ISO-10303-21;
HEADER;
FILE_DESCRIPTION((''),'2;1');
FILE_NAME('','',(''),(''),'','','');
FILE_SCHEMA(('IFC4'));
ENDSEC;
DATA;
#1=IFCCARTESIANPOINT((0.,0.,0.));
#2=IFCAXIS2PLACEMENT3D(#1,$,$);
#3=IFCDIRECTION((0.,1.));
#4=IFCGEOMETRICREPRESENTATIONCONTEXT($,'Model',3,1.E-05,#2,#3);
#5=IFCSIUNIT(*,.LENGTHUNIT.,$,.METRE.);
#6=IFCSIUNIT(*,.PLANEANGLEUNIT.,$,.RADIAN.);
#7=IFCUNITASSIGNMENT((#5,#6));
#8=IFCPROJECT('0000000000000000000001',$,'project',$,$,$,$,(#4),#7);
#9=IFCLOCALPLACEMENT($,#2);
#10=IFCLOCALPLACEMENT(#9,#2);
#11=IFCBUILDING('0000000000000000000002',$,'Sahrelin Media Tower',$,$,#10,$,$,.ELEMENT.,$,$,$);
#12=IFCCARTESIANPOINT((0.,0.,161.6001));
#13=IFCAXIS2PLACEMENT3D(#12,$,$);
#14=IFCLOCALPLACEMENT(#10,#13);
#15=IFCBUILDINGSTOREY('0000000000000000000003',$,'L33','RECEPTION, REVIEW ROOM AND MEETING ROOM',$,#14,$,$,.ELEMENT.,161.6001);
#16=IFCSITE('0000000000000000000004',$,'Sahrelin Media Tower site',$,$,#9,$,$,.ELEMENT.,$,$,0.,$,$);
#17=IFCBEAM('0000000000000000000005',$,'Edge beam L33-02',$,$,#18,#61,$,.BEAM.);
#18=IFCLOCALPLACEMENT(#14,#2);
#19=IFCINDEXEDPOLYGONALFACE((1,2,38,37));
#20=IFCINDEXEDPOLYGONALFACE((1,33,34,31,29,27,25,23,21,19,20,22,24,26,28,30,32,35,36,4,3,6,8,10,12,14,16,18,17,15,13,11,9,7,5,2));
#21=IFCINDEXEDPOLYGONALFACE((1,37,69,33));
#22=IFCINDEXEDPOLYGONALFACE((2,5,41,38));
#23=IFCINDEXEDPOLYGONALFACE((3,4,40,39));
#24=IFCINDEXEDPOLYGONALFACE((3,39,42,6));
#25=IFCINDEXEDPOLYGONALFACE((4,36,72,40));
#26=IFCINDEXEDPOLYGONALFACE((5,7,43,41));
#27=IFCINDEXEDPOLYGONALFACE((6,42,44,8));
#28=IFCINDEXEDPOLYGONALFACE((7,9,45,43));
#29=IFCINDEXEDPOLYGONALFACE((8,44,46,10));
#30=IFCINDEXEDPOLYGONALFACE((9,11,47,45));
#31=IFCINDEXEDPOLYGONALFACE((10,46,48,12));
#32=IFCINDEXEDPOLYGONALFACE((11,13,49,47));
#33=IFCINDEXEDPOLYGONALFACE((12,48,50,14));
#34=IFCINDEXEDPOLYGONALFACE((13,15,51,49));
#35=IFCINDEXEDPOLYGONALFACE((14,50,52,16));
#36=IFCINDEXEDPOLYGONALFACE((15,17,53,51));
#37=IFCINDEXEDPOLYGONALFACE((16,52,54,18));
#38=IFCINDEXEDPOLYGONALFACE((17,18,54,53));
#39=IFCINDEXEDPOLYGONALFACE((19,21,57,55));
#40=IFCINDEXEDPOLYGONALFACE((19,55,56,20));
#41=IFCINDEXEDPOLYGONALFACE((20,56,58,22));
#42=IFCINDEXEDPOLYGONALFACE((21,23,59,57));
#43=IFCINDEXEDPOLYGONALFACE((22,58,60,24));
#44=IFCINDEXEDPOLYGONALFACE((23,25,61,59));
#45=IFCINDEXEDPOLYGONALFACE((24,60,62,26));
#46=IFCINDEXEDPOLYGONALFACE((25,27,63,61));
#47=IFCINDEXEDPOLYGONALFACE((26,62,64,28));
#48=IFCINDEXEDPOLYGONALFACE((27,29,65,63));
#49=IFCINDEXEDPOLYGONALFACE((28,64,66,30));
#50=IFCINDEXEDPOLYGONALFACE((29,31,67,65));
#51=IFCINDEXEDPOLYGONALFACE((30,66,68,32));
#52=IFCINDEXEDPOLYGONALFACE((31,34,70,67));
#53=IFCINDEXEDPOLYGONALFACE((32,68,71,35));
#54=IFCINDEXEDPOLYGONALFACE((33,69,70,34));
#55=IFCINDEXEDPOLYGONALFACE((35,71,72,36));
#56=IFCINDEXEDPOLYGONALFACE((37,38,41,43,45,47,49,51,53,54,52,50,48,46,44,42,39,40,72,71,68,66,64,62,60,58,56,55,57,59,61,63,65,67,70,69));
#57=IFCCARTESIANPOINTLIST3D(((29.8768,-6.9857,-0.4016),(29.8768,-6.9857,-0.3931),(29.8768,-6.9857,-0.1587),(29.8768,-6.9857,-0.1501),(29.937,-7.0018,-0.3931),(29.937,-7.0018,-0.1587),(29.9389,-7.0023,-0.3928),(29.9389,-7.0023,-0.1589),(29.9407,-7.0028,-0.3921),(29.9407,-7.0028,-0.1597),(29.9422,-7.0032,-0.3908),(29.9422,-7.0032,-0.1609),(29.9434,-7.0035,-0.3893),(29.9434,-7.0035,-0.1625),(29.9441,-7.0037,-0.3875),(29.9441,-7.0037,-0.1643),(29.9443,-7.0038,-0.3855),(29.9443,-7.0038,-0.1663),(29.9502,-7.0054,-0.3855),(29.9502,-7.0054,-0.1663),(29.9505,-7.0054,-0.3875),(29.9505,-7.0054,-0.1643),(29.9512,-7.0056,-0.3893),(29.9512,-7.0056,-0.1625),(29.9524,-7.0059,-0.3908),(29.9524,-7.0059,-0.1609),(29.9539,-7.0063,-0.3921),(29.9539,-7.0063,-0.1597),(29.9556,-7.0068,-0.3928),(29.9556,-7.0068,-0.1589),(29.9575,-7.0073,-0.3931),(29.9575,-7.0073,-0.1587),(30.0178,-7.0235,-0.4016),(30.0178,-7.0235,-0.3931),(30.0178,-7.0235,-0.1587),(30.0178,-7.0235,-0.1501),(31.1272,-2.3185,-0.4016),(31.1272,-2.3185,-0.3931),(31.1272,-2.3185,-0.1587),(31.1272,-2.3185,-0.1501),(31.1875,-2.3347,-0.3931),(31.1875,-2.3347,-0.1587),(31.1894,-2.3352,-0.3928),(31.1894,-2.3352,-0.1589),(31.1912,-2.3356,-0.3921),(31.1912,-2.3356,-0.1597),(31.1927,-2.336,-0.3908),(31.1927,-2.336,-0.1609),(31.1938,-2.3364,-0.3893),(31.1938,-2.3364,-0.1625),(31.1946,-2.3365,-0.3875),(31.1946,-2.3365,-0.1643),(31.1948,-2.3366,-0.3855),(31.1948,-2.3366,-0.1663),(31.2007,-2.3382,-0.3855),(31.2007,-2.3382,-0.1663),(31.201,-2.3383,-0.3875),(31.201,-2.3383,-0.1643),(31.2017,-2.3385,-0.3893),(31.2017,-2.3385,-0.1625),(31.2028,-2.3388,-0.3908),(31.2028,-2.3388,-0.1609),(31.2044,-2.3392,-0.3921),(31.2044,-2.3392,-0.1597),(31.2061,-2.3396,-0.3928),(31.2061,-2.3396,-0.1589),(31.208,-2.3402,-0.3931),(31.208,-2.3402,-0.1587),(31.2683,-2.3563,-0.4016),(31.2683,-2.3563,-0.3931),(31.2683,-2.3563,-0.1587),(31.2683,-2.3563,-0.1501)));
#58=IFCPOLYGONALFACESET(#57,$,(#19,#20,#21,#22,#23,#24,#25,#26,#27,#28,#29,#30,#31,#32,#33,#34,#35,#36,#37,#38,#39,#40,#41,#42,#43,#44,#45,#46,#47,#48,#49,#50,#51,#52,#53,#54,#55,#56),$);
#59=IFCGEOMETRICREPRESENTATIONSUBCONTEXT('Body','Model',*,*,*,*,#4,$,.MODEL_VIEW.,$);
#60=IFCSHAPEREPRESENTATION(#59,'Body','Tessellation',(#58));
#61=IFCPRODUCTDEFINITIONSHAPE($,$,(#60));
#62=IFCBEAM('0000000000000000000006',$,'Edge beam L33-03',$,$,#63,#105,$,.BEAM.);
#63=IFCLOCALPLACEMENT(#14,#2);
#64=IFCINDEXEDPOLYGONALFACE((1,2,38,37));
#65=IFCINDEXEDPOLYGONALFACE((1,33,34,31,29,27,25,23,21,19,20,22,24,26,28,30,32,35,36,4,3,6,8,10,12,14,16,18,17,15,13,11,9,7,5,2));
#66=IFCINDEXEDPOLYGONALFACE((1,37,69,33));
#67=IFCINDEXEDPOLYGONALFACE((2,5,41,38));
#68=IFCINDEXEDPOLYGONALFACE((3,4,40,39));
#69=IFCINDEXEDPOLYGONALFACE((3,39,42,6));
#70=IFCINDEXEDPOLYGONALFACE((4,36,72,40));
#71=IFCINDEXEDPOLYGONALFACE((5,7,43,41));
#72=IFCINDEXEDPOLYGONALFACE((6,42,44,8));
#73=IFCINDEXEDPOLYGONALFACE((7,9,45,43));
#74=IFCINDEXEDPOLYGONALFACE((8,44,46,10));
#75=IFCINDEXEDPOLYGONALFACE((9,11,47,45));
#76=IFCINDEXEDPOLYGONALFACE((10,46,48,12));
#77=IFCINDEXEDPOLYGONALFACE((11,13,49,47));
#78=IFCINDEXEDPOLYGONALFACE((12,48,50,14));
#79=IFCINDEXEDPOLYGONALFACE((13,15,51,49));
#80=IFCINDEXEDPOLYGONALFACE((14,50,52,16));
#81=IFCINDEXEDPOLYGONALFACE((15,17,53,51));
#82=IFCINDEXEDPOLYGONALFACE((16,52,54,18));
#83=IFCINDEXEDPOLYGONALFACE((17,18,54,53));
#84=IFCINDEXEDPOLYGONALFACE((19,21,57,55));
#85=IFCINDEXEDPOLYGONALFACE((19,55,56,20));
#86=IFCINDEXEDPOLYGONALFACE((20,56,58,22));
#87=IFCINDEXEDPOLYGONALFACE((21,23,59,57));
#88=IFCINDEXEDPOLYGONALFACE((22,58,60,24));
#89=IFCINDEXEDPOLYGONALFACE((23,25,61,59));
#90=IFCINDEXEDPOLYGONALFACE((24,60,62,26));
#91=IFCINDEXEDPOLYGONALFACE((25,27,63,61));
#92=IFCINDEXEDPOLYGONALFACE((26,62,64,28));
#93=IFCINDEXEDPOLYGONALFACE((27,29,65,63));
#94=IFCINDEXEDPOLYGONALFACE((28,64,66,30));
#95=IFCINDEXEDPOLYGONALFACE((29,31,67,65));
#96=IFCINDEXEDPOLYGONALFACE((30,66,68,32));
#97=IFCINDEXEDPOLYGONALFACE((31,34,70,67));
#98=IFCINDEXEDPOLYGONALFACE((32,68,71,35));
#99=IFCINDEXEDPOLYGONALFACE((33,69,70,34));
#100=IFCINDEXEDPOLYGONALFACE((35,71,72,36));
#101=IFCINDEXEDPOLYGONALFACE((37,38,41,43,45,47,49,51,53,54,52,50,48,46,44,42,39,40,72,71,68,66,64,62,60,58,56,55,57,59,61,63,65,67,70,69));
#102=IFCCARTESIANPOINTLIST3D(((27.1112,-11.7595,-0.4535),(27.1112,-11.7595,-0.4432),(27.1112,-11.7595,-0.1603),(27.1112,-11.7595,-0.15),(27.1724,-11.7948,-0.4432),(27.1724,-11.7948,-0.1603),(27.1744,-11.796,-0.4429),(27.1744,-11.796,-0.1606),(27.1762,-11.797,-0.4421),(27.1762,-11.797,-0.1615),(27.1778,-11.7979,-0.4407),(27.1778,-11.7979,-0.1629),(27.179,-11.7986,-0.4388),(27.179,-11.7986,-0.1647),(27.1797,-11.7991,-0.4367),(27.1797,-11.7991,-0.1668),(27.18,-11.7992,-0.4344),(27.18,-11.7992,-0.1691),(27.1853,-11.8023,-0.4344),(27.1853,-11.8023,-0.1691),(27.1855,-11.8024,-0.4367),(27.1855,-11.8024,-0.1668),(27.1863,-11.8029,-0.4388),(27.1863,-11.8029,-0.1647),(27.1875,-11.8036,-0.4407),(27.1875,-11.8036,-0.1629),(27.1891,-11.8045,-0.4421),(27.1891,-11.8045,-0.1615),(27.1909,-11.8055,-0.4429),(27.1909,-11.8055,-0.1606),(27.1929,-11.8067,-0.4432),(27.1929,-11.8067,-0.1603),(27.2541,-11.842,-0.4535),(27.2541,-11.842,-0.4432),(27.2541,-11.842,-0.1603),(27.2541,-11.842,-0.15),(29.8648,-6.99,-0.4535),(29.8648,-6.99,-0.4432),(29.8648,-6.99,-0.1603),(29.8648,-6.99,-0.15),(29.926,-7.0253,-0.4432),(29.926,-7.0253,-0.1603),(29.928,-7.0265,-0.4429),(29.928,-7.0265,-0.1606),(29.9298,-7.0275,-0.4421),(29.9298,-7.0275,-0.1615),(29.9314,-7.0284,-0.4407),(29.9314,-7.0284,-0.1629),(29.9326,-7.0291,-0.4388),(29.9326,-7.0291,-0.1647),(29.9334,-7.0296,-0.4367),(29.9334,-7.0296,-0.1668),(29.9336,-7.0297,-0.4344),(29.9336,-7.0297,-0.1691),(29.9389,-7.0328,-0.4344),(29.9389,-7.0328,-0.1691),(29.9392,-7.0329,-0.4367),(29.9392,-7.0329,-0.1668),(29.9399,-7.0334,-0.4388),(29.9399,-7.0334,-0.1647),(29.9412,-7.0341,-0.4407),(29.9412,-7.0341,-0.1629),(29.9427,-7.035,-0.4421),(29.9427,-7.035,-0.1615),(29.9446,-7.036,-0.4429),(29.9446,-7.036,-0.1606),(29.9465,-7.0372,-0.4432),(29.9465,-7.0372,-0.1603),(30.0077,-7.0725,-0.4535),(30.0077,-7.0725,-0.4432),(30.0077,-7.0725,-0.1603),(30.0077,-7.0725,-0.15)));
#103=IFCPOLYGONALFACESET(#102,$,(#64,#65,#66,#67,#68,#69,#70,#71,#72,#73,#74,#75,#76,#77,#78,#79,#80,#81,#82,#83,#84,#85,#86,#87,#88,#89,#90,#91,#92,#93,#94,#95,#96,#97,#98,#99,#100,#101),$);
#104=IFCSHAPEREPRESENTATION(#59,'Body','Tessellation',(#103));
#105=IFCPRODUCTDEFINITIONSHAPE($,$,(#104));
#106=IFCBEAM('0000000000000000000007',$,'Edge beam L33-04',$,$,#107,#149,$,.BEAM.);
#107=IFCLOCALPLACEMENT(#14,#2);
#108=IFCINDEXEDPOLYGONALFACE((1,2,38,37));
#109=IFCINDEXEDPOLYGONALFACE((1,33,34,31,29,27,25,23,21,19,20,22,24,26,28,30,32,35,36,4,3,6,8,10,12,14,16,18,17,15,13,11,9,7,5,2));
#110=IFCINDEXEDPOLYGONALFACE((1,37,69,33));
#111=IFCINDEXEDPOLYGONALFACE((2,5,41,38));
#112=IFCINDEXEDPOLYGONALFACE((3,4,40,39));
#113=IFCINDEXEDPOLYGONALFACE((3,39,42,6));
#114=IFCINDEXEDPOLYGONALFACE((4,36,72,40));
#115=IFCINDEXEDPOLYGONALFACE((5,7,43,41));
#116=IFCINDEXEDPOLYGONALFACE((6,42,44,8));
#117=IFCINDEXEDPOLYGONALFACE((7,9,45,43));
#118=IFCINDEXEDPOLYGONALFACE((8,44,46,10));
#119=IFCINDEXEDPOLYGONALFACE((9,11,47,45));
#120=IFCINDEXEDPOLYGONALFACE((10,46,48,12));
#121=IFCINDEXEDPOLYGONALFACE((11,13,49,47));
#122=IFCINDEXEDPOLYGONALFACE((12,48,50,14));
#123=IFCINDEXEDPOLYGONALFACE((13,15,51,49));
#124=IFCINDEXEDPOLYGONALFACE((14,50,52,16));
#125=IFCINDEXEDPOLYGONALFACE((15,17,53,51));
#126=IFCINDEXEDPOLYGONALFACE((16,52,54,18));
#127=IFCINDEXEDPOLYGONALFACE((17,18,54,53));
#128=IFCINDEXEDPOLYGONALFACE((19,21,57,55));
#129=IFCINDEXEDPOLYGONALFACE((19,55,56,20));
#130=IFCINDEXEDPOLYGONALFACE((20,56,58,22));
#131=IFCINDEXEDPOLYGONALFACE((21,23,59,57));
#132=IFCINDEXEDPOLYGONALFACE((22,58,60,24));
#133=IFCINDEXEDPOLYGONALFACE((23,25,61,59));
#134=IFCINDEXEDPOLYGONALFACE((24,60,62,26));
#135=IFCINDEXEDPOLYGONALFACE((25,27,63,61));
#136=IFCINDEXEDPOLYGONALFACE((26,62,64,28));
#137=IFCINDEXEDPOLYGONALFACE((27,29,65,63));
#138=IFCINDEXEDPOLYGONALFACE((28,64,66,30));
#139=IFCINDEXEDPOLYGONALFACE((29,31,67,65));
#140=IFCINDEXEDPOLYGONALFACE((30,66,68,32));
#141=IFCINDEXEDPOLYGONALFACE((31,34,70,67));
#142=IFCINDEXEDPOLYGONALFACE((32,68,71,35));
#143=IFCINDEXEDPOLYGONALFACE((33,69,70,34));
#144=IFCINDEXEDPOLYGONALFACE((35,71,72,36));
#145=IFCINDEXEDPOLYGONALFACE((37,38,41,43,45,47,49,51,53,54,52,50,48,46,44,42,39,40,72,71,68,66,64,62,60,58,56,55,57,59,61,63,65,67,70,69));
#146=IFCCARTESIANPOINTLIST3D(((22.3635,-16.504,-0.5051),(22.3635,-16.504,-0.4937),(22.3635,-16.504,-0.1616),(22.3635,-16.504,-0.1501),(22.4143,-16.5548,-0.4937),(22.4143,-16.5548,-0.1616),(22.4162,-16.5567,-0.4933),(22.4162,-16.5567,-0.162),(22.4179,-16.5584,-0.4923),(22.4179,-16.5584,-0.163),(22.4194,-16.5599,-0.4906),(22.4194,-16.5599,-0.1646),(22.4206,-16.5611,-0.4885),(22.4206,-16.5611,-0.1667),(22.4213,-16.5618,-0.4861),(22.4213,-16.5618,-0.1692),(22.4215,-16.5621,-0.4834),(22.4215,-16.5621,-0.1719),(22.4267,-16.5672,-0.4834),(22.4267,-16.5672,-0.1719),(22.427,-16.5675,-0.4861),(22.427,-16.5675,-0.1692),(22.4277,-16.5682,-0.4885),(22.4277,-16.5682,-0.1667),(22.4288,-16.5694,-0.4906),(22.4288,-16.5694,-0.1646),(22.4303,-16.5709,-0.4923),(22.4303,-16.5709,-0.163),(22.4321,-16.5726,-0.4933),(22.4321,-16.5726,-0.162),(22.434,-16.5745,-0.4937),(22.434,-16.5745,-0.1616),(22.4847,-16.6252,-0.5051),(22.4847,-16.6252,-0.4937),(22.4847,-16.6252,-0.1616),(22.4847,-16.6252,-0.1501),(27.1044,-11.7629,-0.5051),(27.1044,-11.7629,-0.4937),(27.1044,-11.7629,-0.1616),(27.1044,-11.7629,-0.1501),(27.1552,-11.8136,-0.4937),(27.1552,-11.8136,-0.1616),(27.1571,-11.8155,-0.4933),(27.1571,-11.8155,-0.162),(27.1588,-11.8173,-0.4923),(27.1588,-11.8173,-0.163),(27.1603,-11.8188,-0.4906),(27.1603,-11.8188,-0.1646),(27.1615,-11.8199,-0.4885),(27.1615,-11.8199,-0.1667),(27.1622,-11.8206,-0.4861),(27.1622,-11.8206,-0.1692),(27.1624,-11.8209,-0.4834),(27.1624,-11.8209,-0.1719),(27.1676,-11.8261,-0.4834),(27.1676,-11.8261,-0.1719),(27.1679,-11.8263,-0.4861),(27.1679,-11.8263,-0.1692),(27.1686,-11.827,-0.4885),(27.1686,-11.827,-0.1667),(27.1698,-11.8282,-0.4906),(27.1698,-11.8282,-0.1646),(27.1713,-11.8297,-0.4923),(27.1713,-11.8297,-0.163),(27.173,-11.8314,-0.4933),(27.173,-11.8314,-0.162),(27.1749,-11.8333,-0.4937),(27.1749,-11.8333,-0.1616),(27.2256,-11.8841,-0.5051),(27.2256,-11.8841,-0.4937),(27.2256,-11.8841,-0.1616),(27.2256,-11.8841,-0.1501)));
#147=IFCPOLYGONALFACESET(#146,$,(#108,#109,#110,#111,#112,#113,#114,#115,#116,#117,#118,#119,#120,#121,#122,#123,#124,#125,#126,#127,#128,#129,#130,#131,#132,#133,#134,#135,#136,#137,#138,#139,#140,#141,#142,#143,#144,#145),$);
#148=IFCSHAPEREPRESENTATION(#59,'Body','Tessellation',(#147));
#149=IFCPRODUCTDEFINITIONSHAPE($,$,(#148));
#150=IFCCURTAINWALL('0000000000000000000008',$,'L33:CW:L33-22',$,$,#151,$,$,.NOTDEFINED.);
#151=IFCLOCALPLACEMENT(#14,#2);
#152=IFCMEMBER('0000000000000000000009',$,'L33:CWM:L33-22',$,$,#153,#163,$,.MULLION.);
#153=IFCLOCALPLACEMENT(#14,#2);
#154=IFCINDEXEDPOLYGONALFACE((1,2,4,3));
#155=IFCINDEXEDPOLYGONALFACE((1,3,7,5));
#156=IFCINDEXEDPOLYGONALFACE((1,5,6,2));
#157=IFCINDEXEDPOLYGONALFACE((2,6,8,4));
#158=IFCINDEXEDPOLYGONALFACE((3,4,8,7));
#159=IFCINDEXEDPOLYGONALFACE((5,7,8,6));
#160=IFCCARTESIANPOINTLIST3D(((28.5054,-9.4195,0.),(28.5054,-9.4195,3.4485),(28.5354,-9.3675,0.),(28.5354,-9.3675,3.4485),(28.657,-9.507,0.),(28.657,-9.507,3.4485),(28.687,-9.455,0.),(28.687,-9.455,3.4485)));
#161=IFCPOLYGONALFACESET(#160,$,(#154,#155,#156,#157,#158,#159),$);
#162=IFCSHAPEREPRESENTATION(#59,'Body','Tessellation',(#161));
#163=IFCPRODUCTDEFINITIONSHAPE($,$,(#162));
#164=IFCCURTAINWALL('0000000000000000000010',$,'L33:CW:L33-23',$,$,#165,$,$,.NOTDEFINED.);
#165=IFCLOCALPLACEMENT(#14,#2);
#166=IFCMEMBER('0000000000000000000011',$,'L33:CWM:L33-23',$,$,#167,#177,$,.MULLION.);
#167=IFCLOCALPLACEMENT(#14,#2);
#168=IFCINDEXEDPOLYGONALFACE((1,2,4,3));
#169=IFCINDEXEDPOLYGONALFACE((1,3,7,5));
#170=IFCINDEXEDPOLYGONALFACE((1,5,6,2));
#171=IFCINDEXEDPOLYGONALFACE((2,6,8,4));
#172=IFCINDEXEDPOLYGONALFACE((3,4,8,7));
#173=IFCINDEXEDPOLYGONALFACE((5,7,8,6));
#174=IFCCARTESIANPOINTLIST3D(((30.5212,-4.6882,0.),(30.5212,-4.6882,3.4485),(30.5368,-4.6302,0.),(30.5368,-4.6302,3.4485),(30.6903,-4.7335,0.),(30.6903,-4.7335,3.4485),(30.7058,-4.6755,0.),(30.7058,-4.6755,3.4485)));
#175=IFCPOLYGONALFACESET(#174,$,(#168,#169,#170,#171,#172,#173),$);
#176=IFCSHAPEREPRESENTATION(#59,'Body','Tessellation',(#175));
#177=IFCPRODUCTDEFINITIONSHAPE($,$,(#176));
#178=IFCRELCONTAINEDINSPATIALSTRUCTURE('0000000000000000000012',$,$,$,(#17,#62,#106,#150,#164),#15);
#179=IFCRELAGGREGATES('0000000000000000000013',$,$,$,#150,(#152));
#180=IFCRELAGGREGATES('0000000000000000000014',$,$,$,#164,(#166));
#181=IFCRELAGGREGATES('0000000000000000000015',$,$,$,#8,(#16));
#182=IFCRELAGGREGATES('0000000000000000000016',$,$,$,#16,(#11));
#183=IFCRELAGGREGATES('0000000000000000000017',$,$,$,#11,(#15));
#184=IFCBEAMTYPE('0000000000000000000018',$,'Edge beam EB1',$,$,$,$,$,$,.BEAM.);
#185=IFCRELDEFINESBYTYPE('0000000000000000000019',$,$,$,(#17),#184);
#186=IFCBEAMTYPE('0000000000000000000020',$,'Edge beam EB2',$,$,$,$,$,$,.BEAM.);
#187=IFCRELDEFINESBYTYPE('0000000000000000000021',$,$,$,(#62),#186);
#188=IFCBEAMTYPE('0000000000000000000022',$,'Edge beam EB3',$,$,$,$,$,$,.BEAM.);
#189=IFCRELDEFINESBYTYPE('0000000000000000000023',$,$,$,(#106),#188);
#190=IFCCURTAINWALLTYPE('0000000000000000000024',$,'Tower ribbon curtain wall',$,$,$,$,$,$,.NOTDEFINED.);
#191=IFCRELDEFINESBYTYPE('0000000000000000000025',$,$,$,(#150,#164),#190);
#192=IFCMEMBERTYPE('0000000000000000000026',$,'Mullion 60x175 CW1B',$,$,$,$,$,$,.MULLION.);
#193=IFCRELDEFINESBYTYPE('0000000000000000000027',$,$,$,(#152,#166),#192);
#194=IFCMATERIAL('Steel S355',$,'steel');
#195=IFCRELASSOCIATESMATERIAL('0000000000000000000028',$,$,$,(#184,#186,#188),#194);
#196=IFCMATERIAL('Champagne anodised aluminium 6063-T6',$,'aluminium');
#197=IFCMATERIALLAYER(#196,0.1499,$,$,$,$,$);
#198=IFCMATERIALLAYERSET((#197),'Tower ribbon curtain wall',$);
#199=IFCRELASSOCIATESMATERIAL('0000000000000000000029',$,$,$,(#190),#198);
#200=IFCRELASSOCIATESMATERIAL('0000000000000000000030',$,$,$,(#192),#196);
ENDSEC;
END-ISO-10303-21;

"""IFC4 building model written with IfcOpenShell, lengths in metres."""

from ifc_helpers import new_model, si_unit, direction, frame, origin, origin_2d, place, context, subcontext, project, spatial, rectangle, i_section, extrude, material, layer, layer_set, material_profile, profile_set, type_object, element, aggregate, save


model = new_model("IFC4")

# Units and contexts
model_context = context("Model", 3, precision=1e-05, world=origin(), true_north=direction((0.0, 1.0)))
body_context = subcontext(model_context, "Body", "Model", "MODEL_VIEW")
ifc_project = project(units=[si_unit("LENGTHUNIT", "METRE"), si_unit("PLANEANGLEUNIT", "RADIAN")], contexts=[model_context])

# Site, building, storey
site_placement = place(None, origin())
site = spatial("IfcSite", under=ifc_project, at=site_placement, Name="Sahrelin Media Tower site", CompositionType="ELEMENT", RefElevation=0.0)
building_placement = place(site_placement, origin())
building = spatial("IfcBuilding", under=site, at=building_placement, Name="Sahrelin Media Tower", CompositionType="ELEMENT")
storey_placement = place(building_placement, frame((0.0, 0.0, 161.6001)))
storey = spatial("IfcBuildingStorey", under=building, at=storey_placement, Name="L33", Description="RECEPTION, REVIEW ROOM AND MEETING ROOM", CompositionType="ELEMENT", Elevation=161.6001)

# Beams
ifc_material_1 = material(Name="Steel S355", Category="steel")
ifc_material_profile_1 = material_profile(ifc_material_1, i_section(OverallWidth=0.146, OverallDepth=0.2515, WebThickness=0.0061, FlangeThickness=0.0085, FilletRadius=0.0076, at=origin_2d()), Name="UB 254x146x31")
ifc_profile_set_1 = profile_set([ifc_material_profile_1], Name="Steel S355")
beam_type_1 = type_object("IfcBeamType", Name="Edge beam EB1", PredefinedType="BEAM", material=ifc_profile_set_1)
beam_1_placement = place(storey_placement, frame((31.1978, -2.3374, -0.2759), z_axis=(-0.258801, -0.965931, 0.0), x_axis=(0.965931, -0.258801, 0.0)))
element("IfcBeam", 1, at=beam_1_placement, inside=storey, type_object=beam_type_1, Name="Edge beam L33-02", PredefinedType="BEAM", context=body_context, shape_type="SweptSolid", body=[
    extrude(i_section(OverallWidth=0.146, OverallDepth=0.2515, WebThickness=0.0061, FlangeThickness=0.0085, FilletRadius=0.0076, at=origin_2d()), origin(), (0.0, 0.0, 1.0), 4.8318),
])
ifc_material_profile_2 = material_profile(ifc_material_1, i_section(OverallWidth=0.165, OverallDepth=0.3035, WebThickness=0.0061, FlangeThickness=0.0103, FilletRadius=0.0088, at=origin_2d()), Name="UB 305x165x40")
ifc_profile_set_2 = profile_set([ifc_material_profile_2], Name="Steel S355")
beam_type_2 = type_object("IfcBeamType", Name="Edge beam EB2", PredefinedType="BEAM", material=ifc_profile_set_2)
beam_2_placement = place(storey_placement, frame((29.9363, -7.0312, -0.3018), z_axis=(-0.499996, -0.866028, 0.0), x_axis=(0.866028, -0.499996, 0.0)))
element("IfcBeam", 2, at=beam_2_placement, inside=storey, type_object=beam_type_2, Name="Edge beam L33-03", PredefinedType="BEAM", context=body_context, shape_type="SweptSolid", body=[
    extrude(i_section(OverallWidth=0.165, OverallDepth=0.3035, WebThickness=0.0061, FlangeThickness=0.0103, FilletRadius=0.0088, at=origin_2d()), origin(), (0.0, 0.0, 1.0), 5.5073),
])
ifc_material_profile_3 = material_profile(ifc_material_1, i_section(OverallWidth=0.1714, OverallDepth=0.355, WebThickness=0.0073, FlangeThickness=0.0115, FilletRadius=0.0103, at=origin_2d()), Name="UB 356x171x51")
ifc_profile_set_3 = profile_set([ifc_material_profile_3], Name="Steel S355")
beam_type_3 = type_object("IfcBeamType", Name="Edge beam EB3", PredefinedType="BEAM", material=ifc_profile_set_3)
beam_3_placement = place(storey_placement, frame((27.165, -11.8235, -0.3276), z_axis=(-0.707089, -0.707125, 0.0), x_axis=(0.707125, -0.707089, 0.0)))
element("IfcBeam", 3, at=beam_3_placement, inside=storey, type_object=beam_type_3, Name="Edge beam L33-04", PredefinedType="BEAM", context=body_context, shape_type="SweptSolid", body=[
    extrude(i_section(OverallWidth=0.1714, OverallDepth=0.355, WebThickness=0.0073, FlangeThickness=0.0115, FilletRadius=0.0103, at=origin_2d()), origin(), (0.0, 0.0, 1.0), 6.7048),
])

# Curtain walls, members
ifc_material_2 = material(Name="Champagne anodised aluminium 6063-T6", Category="aluminium")
ifc_layer_1 = layer(ifc_material_2, 0.1499)
ifc_layer_set_1 = layer_set([ifc_layer_1], Name="Tower ribbon curtain wall")
curtain_wall_type = type_object("IfcCurtainWallType", Name="Tower ribbon curtain wall", PredefinedType="NOTDEFINED", material=ifc_layer_set_1)
curtain_wall_1_placement = place(storey_placement, frame((28.6892, -9.491, 0.0), z_axis=(0.0, 0.0, 1.0), x_axis=(1.0, 0.0, 0.0)))
curtain_wall_1 = element("IfcCurtainWall", 4, at=curtain_wall_1_placement, inside=storey, type_object=curtain_wall_type, Name="L33:CW:L33-22", PredefinedType="NOTDEFINED")
ifc_material_profile_4 = material_profile(ifc_material_2, rectangle(XDim=0.0601, YDim=0.175, at=origin_2d()), Name="Mullion 60x175")
ifc_profile_set_4 = profile_set([ifc_material_profile_4], Name="Champagne anodised aluminium 6063-T6")
member_type_1 = type_object("IfcMemberType", Name="Mullion 60x175 CW1B", PredefinedType="MULLION", material=ifc_profile_set_4)
member_1_placement = place(storey_placement, frame((28.5962, -9.4373, 0.0), z_axis=(0.0, 0.0, 1.0), x_axis=(0.499998, 0.866026, 0.0)))
member_1 = element("IfcMember", 5, at=member_1_placement, type_object=member_type_1, Name="L33:CWM:L33-22", PredefinedType="MULLION", context=body_context, shape_type="SweptSolid", body=[
    extrude(rectangle(XDim=0.0601, YDim=0.175, at=origin_2d()), origin(), (0.0, 0.0, 1.0), 3.4485),
])
curtain_wall_2_placement = place(storey_placement, frame((30.7173, -4.7097, 0.0), z_axis=(0.0, 0.0, 1.0), x_axis=(1.0, 0.0, 0.0)))
curtain_wall_2 = element("IfcCurtainWall", 6, at=curtain_wall_2_placement, inside=storey, type_object=curtain_wall_type, Name="L33:CW:L33-23", PredefinedType="NOTDEFINED")
member_2_placement = place(storey_placement, frame((30.6135, -4.6819, 0.0), z_axis=(0.0, 0.0, 1.0), x_axis=(0.258807, 0.965929, 0.0)))
member_2 = element("IfcMember", 7, at=member_2_placement, type_object=member_type_1, Name="L33:CWM:L33-23", PredefinedType="MULLION", context=body_context, shape_type="SweptSolid", body=[
    extrude(rectangle(XDim=0.0601, YDim=0.175, at=origin_2d()), origin(), (0.0, 0.0, 1.0), 3.4485),
])

aggregate(curtain_wall_1, [member_1])

aggregate(curtain_wall_2, [member_2])

save(model, "model.ifc")
